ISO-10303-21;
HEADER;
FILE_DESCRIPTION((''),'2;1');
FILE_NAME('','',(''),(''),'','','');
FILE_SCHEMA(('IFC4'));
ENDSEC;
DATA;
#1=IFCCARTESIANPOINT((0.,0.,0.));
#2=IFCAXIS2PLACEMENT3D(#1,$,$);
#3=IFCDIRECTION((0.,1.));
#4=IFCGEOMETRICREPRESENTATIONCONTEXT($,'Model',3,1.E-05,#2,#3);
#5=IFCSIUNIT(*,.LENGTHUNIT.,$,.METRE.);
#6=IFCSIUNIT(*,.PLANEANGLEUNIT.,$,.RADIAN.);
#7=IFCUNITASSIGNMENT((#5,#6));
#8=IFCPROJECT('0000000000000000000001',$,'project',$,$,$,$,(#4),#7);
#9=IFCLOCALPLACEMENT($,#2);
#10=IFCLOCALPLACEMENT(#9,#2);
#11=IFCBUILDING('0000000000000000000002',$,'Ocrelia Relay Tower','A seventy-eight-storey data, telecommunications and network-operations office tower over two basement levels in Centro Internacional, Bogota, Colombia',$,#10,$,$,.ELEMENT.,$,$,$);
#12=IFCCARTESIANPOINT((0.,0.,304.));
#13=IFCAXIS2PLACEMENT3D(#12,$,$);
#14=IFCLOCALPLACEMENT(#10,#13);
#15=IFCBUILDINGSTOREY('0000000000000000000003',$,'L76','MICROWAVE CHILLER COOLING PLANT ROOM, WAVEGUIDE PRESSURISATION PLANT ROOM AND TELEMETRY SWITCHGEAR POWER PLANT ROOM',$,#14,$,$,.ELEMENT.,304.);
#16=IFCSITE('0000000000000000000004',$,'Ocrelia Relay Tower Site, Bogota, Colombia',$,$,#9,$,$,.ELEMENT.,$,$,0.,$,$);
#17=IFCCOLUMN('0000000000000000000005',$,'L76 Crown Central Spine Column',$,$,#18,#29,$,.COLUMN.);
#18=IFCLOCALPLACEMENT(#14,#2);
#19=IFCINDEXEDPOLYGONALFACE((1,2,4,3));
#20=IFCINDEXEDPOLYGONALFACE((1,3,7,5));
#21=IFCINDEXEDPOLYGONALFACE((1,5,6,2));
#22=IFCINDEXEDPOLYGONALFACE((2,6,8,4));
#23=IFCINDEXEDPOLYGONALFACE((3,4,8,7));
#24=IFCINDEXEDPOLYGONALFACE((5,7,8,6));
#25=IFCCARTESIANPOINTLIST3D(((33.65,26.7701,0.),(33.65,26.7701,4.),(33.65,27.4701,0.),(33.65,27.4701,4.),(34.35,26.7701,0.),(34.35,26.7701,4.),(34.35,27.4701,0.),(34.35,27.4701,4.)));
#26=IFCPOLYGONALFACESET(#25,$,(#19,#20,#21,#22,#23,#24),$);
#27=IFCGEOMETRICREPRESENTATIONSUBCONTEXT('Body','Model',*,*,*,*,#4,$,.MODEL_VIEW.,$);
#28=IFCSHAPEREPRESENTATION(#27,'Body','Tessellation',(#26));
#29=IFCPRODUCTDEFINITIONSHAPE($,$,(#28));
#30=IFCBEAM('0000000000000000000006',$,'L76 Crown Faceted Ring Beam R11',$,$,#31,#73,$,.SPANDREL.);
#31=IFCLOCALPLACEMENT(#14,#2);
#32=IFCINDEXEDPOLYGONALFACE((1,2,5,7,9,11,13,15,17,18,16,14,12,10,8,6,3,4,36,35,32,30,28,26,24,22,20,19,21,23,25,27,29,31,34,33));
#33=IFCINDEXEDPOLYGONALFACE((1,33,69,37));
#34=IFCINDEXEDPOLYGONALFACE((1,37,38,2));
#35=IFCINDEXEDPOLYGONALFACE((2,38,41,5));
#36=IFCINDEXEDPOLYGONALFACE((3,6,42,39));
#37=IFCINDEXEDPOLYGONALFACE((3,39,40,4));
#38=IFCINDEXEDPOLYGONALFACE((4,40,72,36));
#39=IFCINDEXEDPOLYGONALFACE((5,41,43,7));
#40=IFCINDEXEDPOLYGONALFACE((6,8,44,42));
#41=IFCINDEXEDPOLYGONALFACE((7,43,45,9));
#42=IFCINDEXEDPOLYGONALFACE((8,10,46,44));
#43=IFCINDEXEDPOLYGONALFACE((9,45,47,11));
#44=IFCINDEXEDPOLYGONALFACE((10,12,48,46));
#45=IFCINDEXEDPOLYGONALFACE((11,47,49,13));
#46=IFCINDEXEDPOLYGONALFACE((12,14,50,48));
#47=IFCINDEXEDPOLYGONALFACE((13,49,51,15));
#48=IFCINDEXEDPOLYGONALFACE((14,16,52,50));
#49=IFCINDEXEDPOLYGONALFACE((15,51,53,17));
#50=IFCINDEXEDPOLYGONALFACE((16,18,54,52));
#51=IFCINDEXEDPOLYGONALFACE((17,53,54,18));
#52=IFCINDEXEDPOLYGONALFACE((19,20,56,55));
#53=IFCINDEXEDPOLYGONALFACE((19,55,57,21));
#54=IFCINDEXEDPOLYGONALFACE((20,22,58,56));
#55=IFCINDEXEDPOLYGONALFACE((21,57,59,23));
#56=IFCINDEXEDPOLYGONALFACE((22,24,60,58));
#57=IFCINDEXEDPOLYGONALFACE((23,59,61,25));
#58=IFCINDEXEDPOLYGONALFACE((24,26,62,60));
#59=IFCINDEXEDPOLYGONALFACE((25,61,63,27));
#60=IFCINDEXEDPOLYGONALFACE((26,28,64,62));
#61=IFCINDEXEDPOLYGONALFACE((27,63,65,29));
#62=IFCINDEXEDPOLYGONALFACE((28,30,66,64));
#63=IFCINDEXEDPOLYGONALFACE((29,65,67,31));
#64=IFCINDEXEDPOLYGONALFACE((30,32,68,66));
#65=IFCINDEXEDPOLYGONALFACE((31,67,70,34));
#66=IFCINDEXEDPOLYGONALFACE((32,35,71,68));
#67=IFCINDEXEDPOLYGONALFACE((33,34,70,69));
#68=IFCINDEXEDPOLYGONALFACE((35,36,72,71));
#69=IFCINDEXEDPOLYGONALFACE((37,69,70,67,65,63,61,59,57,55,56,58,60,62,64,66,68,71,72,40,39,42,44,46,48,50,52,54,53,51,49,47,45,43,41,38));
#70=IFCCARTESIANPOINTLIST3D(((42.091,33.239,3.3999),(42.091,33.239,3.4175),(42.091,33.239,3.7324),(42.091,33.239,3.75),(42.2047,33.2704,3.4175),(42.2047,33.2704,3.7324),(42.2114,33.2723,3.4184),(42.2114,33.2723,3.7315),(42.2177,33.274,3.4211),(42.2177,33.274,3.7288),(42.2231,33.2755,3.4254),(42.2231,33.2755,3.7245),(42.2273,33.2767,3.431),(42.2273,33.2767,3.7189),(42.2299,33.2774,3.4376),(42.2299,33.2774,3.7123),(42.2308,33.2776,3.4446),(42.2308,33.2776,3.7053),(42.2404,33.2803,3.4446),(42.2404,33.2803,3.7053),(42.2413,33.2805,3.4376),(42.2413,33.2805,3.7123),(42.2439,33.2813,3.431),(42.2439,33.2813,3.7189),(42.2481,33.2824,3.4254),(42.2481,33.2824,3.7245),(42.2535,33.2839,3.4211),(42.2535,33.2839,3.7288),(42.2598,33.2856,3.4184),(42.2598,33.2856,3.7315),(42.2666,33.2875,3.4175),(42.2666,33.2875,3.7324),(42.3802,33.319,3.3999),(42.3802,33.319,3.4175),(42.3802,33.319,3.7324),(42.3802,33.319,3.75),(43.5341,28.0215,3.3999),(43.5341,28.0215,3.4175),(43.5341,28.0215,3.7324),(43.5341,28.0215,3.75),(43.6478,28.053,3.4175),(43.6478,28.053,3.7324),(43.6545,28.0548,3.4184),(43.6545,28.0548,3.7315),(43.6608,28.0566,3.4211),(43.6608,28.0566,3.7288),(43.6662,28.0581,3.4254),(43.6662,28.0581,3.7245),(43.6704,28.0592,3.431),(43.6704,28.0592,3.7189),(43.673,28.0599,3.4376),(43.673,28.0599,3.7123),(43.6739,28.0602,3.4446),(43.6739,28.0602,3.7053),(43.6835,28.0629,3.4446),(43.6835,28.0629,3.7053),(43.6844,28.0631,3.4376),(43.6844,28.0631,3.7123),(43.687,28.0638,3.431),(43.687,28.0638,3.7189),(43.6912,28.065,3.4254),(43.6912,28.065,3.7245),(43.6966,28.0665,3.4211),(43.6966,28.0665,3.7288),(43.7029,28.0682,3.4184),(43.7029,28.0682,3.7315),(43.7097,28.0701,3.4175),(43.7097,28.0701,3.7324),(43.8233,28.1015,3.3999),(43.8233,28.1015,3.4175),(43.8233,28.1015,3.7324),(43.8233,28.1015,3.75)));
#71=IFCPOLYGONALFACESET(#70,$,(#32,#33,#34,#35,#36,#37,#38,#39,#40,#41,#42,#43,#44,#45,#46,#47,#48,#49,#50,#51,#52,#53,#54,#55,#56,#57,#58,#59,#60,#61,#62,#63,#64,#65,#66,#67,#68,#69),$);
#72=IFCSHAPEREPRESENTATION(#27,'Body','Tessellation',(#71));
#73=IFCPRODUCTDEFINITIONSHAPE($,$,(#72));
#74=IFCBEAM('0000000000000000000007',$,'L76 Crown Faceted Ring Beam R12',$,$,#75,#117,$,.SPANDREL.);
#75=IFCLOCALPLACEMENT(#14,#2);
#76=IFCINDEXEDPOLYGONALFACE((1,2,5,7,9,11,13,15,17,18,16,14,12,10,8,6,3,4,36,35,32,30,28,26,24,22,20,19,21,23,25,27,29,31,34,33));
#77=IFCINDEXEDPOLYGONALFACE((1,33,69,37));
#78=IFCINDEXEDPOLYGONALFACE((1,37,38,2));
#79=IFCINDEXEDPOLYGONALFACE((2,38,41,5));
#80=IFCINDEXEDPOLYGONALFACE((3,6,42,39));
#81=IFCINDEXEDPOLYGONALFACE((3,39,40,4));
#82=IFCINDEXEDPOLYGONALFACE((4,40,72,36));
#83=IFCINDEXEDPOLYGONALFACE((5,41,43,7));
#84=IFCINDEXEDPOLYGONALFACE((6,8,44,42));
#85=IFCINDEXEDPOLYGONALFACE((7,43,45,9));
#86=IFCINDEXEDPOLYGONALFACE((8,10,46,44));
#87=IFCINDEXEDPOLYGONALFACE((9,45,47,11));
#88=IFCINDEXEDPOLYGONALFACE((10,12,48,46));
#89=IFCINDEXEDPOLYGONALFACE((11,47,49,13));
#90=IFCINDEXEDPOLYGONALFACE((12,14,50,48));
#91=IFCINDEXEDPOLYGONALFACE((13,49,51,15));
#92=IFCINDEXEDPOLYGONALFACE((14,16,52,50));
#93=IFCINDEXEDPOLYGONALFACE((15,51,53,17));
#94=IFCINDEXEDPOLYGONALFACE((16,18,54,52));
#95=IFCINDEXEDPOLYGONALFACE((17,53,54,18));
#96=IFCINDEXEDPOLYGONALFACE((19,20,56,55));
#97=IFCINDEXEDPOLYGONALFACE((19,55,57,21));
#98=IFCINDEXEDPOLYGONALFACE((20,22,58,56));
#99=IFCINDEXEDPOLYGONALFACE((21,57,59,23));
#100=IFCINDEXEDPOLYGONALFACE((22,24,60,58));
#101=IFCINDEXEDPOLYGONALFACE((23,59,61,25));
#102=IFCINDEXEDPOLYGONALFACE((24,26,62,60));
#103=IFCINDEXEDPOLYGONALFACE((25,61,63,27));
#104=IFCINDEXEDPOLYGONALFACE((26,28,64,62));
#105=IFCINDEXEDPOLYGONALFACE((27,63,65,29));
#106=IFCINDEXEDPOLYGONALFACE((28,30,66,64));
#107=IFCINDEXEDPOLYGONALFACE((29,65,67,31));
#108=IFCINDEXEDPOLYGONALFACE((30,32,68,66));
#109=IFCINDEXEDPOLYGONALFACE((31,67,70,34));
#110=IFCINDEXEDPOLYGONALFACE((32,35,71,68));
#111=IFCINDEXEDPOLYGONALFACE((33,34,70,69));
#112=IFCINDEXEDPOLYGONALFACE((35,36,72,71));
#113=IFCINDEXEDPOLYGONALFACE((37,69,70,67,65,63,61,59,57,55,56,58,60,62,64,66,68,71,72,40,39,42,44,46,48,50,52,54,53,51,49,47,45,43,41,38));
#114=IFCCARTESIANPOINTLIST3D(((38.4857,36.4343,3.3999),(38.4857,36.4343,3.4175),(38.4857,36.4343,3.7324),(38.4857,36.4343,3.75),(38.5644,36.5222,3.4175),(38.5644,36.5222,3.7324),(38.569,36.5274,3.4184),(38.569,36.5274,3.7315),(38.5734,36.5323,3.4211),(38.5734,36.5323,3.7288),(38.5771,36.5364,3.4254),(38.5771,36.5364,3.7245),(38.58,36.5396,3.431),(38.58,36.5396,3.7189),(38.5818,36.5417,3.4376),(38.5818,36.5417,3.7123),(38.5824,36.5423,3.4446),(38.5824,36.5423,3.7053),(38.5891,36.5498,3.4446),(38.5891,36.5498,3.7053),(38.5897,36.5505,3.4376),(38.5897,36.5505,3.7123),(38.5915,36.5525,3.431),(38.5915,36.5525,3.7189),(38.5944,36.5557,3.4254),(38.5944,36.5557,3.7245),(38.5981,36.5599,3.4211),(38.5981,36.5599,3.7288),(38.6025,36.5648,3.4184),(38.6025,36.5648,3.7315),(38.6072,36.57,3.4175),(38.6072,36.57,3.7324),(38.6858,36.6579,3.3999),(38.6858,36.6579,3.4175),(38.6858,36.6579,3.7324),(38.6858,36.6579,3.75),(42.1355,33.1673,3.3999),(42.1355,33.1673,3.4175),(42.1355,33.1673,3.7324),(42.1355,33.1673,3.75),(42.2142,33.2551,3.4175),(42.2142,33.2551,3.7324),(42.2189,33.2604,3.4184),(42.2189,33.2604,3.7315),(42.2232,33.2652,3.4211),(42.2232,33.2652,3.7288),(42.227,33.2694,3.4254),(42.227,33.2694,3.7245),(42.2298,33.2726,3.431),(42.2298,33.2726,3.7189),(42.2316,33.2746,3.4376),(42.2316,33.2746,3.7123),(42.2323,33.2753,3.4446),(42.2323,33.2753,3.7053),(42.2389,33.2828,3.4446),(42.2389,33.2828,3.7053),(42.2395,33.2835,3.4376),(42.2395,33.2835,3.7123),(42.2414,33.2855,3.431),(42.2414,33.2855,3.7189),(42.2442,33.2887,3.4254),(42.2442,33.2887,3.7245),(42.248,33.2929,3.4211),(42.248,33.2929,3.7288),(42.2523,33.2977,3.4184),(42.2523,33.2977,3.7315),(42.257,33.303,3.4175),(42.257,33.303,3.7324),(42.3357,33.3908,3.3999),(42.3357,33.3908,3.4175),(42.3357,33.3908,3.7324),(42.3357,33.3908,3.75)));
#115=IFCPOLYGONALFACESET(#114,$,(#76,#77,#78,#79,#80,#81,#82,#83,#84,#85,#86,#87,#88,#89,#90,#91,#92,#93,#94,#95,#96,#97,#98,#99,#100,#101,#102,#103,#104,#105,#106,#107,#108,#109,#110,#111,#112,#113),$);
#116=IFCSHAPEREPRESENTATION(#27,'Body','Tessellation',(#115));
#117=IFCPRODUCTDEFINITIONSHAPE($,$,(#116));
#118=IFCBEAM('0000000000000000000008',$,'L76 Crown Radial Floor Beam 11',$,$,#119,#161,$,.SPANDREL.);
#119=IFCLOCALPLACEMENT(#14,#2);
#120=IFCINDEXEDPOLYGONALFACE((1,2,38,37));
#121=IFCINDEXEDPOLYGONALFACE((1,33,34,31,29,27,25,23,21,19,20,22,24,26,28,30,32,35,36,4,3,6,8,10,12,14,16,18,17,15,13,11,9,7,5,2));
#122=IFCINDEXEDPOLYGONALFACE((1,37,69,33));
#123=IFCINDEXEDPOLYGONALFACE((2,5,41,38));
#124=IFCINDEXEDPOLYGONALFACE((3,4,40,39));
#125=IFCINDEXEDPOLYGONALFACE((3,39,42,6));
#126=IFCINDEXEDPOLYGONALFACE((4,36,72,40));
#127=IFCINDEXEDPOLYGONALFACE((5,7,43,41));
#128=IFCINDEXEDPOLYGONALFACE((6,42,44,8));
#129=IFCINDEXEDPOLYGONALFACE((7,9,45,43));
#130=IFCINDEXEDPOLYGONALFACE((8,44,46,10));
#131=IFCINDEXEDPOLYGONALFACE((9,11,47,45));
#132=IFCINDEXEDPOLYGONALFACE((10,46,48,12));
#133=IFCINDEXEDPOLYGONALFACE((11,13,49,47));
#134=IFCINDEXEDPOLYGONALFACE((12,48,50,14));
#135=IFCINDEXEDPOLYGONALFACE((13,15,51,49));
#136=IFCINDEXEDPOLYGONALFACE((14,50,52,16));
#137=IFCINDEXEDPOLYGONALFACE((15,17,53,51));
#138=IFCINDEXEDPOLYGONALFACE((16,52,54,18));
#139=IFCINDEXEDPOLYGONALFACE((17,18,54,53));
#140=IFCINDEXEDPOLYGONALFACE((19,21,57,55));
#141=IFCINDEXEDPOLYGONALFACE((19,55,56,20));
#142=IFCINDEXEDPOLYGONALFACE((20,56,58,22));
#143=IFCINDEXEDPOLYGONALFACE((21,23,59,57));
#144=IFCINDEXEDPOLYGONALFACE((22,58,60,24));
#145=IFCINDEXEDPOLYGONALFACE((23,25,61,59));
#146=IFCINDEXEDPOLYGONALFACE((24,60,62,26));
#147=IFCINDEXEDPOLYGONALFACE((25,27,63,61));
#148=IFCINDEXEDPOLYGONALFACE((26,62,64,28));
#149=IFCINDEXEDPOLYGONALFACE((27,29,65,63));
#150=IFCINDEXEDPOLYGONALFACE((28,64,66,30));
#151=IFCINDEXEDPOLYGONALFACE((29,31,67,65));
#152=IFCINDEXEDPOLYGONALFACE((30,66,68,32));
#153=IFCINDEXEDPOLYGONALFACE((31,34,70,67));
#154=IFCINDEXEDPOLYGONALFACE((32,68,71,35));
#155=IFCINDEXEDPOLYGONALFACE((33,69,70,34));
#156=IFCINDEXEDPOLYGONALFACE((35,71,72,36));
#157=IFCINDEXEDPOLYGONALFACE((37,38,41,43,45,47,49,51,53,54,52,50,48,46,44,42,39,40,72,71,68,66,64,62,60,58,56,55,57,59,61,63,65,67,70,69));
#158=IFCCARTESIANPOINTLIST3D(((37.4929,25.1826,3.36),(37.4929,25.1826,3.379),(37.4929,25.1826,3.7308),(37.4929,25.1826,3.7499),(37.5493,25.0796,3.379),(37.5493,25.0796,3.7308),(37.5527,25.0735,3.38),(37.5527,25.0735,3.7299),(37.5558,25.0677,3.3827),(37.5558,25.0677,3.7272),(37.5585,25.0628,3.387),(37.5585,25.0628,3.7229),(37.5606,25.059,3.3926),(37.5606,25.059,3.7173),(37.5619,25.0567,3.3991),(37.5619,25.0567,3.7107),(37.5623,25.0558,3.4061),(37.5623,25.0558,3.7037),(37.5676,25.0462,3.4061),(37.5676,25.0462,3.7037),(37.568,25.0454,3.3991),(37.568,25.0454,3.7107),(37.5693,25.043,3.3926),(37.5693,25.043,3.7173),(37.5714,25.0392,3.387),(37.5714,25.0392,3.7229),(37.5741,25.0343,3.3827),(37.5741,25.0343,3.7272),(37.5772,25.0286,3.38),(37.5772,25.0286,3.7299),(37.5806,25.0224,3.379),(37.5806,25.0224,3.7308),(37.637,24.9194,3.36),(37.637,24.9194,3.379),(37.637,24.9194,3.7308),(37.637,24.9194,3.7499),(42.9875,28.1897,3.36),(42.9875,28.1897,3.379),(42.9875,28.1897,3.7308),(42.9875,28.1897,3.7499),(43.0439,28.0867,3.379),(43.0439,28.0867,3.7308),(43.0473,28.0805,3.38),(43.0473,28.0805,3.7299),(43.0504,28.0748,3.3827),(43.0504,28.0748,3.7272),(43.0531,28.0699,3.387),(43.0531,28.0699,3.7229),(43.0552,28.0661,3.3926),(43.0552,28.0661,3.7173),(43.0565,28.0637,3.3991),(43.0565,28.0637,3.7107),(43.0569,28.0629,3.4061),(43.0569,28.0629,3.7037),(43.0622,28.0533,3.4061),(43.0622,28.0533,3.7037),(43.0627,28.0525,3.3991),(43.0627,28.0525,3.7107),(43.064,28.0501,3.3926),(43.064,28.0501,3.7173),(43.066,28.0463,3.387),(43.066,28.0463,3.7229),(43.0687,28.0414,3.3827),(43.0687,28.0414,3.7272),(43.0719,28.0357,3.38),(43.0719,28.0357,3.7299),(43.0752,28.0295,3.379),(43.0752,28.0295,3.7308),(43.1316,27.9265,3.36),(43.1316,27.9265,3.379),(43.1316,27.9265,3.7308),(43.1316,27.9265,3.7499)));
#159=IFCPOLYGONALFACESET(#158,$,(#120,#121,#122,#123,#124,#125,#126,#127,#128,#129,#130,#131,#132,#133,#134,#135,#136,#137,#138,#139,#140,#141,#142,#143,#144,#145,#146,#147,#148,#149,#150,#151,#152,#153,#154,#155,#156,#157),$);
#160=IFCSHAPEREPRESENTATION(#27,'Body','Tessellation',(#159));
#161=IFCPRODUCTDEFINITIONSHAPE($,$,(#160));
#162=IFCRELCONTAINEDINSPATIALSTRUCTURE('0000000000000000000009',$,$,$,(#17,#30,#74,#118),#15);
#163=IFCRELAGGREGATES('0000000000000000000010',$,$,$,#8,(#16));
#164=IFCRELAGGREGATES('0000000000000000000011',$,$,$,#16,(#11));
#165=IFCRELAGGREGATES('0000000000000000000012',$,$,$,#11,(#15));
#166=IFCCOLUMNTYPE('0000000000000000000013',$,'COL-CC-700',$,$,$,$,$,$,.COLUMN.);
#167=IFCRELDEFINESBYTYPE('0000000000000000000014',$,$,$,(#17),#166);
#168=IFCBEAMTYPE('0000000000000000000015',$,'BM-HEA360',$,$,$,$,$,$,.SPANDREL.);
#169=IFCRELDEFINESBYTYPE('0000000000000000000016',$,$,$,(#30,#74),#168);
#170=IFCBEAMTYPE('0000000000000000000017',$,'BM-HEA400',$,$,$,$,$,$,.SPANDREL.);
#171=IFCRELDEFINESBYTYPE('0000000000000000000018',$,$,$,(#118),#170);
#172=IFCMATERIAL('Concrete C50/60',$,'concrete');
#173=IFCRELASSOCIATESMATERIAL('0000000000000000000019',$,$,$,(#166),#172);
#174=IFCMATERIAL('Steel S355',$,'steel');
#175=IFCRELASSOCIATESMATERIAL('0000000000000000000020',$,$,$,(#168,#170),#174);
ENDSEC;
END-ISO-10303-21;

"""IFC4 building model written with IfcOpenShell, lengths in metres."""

from ifc_helpers import new_model, si_unit, direction, frame, origin, origin_2d, place, context, subcontext, project, spatial, rectangle, i_section, extrude, material, material_profile, profile_set, type_object, element, save


model = new_model("IFC4")

# Units and contexts
model_context = context("Model", 3, precision=1e-05, world=origin(), true_north=direction((0.0, 1.0)))
body_context = subcontext(model_context, "Body", "Model", "MODEL_VIEW")
ifc_project = project(units=[si_unit("LENGTHUNIT", "METRE"), si_unit("PLANEANGLEUNIT", "RADIAN")], contexts=[model_context])

# Site, building, storey
site_placement = place(None, origin())
site = spatial("IfcSite", under=ifc_project, at=site_placement, Name="Ocrelia Relay Tower Site, Bogota, Colombia", CompositionType="ELEMENT", RefElevation=0.0)
building_placement = place(site_placement, origin())
building = spatial("IfcBuilding", under=site, at=building_placement, Name="Ocrelia Relay Tower", Description="A seventy-eight-storey data, telecommunications and network-operations office tower over two basement levels in Centro Internacional, Bogota, Colombia", CompositionType="ELEMENT")
storey_placement = place(building_placement, frame((0.0, 0.0, 304.0)))
storey = spatial("IfcBuildingStorey", under=building, at=storey_placement, Name="L76", Description="MICROWAVE CHILLER COOLING PLANT ROOM, WAVEGUIDE PRESSURISATION PLANT ROOM AND TELEMETRY SWITCHGEAR POWER PLANT ROOM", CompositionType="ELEMENT", Elevation=304.0)

# Column
ifc_material_1 = material(Name="Concrete C50/60", Category="concrete")
ifc_material_profile_1 = material_profile(ifc_material_1, rectangle(XDim=0.7, YDim=0.7, at=origin_2d()), Name="RC-COL-700x700")
ifc_profile_set_1 = profile_set([ifc_material_profile_1], Name="Concrete C50/60")
column_type = type_object("IfcColumnType", Name="COL-CC-700", PredefinedType="COLUMN", material=ifc_profile_set_1)
column_placement = place(storey_placement, frame((34.0, 27.1201, 0.0), z_axis=(0.0, 0.0, 1.0), x_axis=(1.0, 0.0, 0.0)))
element("IfcColumn", 1, at=column_placement, inside=storey, type_object=column_type, Name="L76 Crown Central Spine Column", PredefinedType="COLUMN", context=body_context, shape_type="SweptSolid", body=[
    extrude(rectangle(XDim=0.7, YDim=0.7, at=origin_2d()), origin(), (0.0, 0.0, 1.0), 4.0),
])

# Beams
ifc_material_2 = material(Name="Steel S355", Category="steel")
ifc_material_profile_2 = material_profile(ifc_material_2, i_section(OverallWidth=0.3, OverallDepth=0.3501, WebThickness=0.01, FlangeThickness=0.0176, FilletRadius=0.0271, at=origin_2d()), Name="HEA 360")
ifc_profile_set_2 = profile_set([ifc_material_profile_2], Name="Steel S355")
beam_type_1 = type_object("IfcBeamType", Name="BM-HEA360", PredefinedType="SPANDREL", material=ifc_profile_set_2)
beam_1_placement = place(storey_placement, frame((43.6787, 28.0615, 3.575), z_axis=(-0.266581, 0.963813, 0.0), x_axis=(-0.963813, -0.266581, 0.0)))
element("IfcBeam", 2, at=beam_1_placement, inside=storey, type_object=beam_type_1, Name="L76 Crown Faceted Ring Beam R11", PredefinedType="SPANDREL", context=body_context, shape_type="SweptSolid", body=[
    extrude(i_section(OverallWidth=0.3, OverallDepth=0.3501, WebThickness=0.01, FlangeThickness=0.0176, FilletRadius=0.0271, at=origin_2d()), origin(), (0.0, 0.0, 1.0), 5.4133),
])
beam_2_placement = place(storey_placement, frame((42.2356, 33.2791, 3.575), z_axis=(-0.745101, 0.666952, 0.0), x_axis=(-0.666952, -0.745101, 0.0)))
element("IfcBeam", 3, at=beam_2_placement, inside=storey, type_object=beam_type_1, Name="L76 Crown Faceted Ring Beam R12", PredefinedType="SPANDREL", context=body_context, shape_type="SweptSolid", body=[
    extrude(i_section(OverallWidth=0.3, OverallDepth=0.3501, WebThickness=0.01, FlangeThickness=0.0176, FilletRadius=0.0271, at=origin_2d()), origin(), (0.0, 0.0, 1.0), 4.8984),
])
ifc_material_profile_3 = material_profile(ifc_material_2, i_section(OverallWidth=0.3, OverallDepth=0.3899, WebThickness=0.011, FlangeThickness=0.019, FilletRadius=0.0271, at=origin_2d()), Name="HEA 400")
ifc_profile_set_3 = profile_set([ifc_material_profile_3], Name="Steel S355")
beam_type_2 = type_object("IfcBeamType", Name="BM-HEA400", PredefinedType="SPANDREL", material=ifc_profile_set_3)
beam_3_placement = place(storey_placement, frame((43.0596, 28.0581, 3.5549), z_axis=(-0.877223, -0.480083, 0.0), x_axis=(0.480083, -0.877223, 0.0)))
element("IfcBeam", 4, at=beam_3_placement, inside=storey, type_object=beam_type_2, Name="L76 Crown Radial Floor Beam 11", PredefinedType="SPANDREL", context=body_context, shape_type="SweptSolid", body=[
    extrude(i_section(OverallWidth=0.3, OverallDepth=0.3899, WebThickness=0.011, FlangeThickness=0.019, FilletRadius=0.0271, at=origin_2d()), origin(), (0.0, 0.0, 1.0), 6.2637),
])

save(model, "model.ifc")
